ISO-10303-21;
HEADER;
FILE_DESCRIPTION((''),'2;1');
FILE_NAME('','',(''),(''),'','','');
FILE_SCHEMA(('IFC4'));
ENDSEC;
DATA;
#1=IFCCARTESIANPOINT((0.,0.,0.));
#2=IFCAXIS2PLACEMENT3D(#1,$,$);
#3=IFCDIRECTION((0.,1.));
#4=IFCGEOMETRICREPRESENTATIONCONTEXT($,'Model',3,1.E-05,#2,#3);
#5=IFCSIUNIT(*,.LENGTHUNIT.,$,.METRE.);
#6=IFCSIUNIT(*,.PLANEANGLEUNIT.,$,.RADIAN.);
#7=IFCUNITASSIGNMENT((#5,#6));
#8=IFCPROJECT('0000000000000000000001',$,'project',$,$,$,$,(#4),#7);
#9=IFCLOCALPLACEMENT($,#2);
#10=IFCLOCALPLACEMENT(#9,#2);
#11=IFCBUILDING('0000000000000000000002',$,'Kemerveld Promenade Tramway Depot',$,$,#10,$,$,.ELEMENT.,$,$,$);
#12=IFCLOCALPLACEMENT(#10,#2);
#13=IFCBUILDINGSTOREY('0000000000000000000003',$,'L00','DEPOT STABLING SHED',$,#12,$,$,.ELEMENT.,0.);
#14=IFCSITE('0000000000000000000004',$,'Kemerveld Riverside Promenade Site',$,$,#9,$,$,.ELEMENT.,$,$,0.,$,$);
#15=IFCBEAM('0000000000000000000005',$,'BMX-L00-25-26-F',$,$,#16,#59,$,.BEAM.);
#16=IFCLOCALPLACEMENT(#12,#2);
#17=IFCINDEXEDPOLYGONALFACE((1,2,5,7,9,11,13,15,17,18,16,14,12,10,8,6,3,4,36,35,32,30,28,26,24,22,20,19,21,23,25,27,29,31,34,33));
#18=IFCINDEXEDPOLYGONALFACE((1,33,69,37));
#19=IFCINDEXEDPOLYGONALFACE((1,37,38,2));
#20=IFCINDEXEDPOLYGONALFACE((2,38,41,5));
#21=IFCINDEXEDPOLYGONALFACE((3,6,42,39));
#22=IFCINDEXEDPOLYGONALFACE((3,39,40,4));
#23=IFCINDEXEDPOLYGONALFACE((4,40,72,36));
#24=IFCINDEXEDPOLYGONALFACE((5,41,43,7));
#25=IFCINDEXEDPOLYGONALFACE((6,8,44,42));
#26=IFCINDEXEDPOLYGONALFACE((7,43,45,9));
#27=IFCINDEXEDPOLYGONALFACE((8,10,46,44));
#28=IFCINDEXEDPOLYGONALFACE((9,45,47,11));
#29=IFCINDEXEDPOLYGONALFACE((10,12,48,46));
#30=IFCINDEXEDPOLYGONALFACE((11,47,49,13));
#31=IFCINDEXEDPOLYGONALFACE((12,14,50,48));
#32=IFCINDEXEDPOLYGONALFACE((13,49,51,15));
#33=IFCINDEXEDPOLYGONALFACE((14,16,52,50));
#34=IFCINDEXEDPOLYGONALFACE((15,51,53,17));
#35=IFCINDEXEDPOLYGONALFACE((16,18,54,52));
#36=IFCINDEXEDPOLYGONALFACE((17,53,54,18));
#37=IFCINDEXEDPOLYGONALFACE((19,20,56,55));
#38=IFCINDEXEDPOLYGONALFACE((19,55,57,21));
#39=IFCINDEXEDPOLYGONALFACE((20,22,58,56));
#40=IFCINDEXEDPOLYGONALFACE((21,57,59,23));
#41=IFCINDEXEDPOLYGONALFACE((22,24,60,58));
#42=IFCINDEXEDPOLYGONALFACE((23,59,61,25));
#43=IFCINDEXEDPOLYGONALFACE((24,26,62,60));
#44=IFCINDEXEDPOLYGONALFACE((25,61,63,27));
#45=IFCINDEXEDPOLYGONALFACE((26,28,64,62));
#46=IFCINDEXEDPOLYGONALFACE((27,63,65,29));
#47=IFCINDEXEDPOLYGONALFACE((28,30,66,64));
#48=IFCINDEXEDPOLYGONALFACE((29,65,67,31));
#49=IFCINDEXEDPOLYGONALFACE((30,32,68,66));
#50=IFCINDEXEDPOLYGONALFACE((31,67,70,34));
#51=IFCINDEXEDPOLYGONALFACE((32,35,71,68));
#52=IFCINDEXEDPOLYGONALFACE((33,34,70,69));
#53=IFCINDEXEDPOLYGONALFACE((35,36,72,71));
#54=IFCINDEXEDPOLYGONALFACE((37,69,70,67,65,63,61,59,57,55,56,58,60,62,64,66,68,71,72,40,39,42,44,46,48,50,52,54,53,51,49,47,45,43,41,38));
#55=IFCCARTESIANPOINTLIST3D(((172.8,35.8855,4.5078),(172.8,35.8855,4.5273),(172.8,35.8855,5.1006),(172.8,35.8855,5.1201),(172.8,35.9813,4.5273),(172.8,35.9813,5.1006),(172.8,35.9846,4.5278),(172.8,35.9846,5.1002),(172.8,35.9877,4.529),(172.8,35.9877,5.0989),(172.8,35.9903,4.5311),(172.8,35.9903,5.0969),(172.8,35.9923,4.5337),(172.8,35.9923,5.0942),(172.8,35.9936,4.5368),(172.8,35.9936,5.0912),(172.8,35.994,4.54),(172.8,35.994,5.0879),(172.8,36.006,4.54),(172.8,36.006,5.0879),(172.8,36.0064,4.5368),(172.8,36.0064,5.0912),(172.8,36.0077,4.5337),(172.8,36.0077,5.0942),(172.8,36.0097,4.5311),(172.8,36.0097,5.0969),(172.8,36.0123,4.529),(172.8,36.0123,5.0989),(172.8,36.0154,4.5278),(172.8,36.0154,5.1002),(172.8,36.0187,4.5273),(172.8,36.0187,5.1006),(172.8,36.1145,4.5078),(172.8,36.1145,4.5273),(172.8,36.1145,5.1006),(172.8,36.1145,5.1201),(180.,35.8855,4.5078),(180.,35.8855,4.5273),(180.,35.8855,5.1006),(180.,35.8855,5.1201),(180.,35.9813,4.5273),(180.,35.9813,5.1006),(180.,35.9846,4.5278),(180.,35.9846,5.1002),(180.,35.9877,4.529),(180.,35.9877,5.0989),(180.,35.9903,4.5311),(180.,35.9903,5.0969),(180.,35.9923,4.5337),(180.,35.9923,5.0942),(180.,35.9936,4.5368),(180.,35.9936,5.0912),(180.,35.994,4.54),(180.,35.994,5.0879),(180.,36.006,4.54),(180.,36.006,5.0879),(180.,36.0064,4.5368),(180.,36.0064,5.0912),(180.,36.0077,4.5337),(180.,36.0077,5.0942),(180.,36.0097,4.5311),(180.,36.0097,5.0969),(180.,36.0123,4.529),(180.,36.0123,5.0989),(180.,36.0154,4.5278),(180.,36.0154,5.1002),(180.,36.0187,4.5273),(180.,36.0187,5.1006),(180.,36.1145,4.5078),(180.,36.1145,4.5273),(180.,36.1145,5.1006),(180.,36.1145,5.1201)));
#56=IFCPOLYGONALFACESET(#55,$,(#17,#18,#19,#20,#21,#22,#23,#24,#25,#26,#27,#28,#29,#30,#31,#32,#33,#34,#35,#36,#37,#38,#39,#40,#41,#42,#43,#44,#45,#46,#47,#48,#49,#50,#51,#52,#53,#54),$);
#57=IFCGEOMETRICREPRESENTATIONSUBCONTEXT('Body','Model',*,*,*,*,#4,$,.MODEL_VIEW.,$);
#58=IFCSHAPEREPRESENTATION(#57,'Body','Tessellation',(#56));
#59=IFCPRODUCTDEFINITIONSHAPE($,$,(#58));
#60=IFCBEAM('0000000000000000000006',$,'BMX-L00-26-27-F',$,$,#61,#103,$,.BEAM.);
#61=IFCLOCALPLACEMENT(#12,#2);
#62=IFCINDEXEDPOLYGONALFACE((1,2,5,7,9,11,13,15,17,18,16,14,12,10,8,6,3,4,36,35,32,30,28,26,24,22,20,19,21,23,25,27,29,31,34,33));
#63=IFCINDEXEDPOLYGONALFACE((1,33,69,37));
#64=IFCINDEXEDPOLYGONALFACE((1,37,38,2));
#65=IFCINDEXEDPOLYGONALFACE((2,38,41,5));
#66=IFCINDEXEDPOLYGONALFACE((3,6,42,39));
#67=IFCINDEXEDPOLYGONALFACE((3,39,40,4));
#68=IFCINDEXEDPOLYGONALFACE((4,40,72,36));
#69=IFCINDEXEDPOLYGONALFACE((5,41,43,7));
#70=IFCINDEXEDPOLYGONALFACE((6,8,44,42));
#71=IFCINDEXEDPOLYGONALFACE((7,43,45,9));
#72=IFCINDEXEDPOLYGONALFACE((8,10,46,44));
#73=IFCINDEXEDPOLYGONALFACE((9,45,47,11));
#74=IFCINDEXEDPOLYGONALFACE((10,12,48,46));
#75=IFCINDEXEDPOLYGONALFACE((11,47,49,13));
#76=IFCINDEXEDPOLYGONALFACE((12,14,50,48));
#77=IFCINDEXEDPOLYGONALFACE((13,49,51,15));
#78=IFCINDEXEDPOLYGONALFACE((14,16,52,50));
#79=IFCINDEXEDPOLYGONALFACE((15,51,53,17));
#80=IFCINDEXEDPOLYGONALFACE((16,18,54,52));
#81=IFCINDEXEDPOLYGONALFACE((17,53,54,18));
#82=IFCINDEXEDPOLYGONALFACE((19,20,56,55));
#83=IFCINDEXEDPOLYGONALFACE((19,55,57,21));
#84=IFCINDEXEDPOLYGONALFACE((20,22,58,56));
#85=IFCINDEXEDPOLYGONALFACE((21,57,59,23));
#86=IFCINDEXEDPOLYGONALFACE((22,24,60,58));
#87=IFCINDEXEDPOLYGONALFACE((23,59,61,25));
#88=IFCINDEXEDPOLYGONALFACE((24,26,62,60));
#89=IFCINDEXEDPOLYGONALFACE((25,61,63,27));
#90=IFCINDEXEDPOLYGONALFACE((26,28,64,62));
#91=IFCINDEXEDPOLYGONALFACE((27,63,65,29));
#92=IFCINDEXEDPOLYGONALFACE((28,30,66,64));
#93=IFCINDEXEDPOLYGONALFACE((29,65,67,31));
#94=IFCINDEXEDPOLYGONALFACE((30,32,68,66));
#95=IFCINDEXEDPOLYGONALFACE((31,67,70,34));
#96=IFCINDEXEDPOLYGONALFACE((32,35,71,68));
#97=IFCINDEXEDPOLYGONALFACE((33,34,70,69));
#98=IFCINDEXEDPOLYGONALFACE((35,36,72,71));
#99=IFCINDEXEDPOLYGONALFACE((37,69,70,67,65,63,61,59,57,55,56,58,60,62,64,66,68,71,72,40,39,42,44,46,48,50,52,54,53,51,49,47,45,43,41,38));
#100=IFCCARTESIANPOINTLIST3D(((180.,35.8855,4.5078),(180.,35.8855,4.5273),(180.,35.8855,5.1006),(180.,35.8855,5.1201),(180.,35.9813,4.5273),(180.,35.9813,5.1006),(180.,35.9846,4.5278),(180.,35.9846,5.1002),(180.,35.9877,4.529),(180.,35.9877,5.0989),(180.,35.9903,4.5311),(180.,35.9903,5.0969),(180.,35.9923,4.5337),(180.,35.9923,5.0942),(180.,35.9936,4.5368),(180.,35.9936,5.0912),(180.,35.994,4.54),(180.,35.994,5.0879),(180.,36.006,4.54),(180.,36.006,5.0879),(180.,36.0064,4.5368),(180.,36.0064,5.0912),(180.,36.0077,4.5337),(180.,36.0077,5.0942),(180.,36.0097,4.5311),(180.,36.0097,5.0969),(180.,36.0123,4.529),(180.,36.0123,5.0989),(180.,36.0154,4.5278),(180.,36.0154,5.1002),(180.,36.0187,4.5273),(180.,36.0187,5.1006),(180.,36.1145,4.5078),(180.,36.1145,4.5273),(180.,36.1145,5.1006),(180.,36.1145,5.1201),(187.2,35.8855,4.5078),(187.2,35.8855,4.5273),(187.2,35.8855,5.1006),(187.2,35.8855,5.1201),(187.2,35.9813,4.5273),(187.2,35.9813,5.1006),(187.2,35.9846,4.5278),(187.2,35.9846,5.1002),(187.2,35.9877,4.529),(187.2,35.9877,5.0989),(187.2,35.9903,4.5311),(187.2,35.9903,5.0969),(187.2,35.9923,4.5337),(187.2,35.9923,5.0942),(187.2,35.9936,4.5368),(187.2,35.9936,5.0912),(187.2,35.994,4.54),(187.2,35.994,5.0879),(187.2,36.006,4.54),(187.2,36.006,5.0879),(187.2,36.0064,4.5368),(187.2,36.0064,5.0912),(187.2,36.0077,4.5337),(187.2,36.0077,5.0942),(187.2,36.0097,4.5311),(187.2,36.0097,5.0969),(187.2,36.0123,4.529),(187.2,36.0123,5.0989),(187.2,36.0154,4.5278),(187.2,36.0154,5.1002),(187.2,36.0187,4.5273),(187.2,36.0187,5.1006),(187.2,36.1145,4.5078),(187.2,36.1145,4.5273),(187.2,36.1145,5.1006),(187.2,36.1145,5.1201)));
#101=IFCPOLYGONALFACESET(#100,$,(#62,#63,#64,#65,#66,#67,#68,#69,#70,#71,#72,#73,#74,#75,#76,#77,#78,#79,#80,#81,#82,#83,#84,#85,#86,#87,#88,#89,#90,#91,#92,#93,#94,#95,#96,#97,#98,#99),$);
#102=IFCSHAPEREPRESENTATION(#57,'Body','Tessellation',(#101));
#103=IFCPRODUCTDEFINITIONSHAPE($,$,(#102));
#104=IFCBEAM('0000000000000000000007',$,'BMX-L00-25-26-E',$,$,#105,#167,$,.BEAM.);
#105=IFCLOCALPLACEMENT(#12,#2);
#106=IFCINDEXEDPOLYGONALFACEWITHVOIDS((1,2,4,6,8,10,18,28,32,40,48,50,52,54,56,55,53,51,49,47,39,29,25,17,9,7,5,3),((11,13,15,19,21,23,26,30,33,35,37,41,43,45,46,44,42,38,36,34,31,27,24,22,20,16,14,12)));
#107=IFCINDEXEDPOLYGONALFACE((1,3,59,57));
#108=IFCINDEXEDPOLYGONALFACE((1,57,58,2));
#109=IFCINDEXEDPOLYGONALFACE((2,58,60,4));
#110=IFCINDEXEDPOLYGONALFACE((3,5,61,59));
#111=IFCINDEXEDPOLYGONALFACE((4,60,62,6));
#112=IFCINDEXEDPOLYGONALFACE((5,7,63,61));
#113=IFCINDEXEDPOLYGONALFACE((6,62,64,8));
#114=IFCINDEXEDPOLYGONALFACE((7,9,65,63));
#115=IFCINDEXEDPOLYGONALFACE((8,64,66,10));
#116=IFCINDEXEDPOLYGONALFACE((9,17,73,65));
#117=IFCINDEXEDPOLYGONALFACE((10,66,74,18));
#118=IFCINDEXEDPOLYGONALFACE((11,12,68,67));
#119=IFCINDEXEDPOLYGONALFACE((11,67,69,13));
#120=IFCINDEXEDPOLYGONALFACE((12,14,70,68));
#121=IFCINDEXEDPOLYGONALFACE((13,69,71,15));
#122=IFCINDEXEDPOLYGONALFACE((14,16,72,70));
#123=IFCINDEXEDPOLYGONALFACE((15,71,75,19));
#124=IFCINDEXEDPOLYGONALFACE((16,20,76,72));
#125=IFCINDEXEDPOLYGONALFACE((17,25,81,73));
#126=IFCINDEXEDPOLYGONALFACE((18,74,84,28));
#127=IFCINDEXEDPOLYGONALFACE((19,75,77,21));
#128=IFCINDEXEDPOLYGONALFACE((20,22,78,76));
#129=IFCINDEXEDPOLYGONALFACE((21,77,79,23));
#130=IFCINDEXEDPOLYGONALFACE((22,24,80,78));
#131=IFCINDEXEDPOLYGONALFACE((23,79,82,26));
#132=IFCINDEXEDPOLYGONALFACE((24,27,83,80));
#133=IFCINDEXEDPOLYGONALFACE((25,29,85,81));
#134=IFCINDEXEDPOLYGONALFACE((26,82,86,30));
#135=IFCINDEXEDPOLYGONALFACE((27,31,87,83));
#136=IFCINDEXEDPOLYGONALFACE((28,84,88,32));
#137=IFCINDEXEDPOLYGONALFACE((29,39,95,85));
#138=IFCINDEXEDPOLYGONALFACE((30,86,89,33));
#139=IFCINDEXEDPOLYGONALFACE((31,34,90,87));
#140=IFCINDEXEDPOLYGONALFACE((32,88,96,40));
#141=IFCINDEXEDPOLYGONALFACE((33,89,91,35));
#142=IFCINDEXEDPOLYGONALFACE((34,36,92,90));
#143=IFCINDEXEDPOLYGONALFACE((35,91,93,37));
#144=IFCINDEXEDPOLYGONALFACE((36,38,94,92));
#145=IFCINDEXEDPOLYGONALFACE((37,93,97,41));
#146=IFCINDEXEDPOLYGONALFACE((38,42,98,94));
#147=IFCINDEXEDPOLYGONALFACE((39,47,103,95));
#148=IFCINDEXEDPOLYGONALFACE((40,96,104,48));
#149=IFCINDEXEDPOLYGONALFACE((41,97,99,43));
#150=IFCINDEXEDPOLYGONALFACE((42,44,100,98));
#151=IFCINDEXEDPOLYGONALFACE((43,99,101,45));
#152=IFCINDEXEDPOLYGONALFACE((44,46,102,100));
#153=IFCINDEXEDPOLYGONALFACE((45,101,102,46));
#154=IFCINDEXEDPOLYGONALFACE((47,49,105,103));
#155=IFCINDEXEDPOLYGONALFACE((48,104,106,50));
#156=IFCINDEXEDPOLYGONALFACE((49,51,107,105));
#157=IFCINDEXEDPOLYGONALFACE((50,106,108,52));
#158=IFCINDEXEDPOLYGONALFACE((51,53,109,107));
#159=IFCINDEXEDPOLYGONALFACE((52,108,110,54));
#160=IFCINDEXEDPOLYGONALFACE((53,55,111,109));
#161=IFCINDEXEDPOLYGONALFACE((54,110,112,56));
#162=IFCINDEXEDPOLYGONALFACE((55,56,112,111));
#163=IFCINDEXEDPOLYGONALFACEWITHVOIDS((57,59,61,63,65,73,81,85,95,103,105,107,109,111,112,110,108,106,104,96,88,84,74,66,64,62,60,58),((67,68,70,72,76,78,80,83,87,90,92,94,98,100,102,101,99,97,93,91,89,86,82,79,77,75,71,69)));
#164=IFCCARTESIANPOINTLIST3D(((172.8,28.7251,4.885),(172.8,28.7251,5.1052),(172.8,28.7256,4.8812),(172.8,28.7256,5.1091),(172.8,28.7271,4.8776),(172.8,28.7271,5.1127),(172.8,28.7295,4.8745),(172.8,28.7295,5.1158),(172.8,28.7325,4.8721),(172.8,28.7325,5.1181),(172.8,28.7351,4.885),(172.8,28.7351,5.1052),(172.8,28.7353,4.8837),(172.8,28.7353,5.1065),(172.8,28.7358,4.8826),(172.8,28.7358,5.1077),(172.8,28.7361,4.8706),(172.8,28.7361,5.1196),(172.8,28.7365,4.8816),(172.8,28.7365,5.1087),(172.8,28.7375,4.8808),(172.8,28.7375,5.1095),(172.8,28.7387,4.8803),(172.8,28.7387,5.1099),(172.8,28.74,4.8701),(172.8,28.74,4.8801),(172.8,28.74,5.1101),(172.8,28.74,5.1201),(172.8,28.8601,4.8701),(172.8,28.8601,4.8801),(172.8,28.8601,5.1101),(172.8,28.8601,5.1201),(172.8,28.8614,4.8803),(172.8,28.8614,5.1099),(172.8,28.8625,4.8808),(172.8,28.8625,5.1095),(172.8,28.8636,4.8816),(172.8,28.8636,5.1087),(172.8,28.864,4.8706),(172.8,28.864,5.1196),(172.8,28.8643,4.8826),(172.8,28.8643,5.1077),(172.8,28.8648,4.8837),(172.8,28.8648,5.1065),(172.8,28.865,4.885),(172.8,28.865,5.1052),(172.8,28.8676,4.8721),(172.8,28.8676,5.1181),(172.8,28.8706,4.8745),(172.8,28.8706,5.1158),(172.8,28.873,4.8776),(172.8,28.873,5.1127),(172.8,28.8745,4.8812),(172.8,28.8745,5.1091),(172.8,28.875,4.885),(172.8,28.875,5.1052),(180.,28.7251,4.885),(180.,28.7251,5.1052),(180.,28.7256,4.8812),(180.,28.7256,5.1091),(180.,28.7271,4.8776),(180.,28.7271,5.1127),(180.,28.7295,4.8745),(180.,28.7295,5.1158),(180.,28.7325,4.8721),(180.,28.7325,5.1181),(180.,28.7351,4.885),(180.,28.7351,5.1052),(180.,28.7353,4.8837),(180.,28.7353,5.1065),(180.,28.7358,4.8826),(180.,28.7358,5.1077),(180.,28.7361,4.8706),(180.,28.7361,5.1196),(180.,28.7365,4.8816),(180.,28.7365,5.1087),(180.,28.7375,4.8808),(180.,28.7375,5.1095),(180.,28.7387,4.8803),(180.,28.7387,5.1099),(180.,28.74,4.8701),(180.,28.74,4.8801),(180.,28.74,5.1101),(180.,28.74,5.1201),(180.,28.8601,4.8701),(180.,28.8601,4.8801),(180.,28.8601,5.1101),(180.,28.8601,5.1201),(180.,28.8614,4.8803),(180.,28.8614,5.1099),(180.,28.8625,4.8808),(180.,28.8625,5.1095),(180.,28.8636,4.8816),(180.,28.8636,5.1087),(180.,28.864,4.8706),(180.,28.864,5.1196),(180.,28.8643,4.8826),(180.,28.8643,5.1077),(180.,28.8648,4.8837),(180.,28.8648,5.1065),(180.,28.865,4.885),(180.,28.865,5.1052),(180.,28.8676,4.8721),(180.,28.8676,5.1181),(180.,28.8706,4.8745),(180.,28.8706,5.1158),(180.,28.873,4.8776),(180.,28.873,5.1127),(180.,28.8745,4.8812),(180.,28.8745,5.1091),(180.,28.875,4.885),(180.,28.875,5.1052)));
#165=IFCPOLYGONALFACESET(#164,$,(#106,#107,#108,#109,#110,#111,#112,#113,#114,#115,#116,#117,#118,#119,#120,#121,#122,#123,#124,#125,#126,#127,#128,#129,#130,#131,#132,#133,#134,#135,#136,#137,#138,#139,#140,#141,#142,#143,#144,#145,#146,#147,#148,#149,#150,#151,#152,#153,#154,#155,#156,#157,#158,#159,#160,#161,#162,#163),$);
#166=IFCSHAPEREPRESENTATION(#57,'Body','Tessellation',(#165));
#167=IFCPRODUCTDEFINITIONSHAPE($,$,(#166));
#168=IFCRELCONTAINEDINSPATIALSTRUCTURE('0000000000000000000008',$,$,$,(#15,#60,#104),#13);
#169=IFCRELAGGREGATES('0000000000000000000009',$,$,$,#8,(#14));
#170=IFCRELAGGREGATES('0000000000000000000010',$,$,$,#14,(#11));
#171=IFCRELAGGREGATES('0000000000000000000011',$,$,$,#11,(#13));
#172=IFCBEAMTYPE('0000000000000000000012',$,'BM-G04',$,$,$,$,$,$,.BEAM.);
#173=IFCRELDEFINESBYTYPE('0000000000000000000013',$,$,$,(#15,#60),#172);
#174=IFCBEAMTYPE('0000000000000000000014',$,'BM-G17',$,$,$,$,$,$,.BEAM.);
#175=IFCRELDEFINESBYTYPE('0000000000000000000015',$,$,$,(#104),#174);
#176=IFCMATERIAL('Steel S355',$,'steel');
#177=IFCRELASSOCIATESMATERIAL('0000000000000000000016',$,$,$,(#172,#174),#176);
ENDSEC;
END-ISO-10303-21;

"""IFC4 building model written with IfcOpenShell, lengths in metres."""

from ifc_helpers import new_model, si_unit, direction, frame, origin, origin_2d, place, context, subcontext, project, spatial, hollow_rectangle, i_section, extrude, material, material_profile, profile_set, type_object, element, save


model = new_model("IFC4")

# Units and contexts
model_context = context("Model", 3, precision=1e-05, world=origin(), true_north=direction((0.0, 1.0)))
body_context = subcontext(model_context, "Body", "Model", "MODEL_VIEW")
ifc_project = project(units=[si_unit("LENGTHUNIT", "METRE"), si_unit("PLANEANGLEUNIT", "RADIAN")], contexts=[model_context])

# Site, building, storey
site_placement = place(None, origin())
site = spatial("IfcSite", under=ifc_project, at=site_placement, Name="Kemerveld Riverside Promenade Site", CompositionType="ELEMENT", RefElevation=0.0)
building_placement = place(site_placement, origin())
building = spatial("IfcBuilding", under=site, at=building_placement, Name="Kemerveld Promenade Tramway Depot", CompositionType="ELEMENT")
storey_placement = place(building_placement, origin())
storey = spatial("IfcBuildingStorey", under=building, at=storey_placement, Name="L00", Description="DEPOT STABLING SHED", CompositionType="ELEMENT", Elevation=0.0)

# Shared definitions
ifc_material_1 = material(Name="Steel S355", Category="steel")

# Beams
ifc_material_profile_1 = material_profile(ifc_material_1, i_section(OverallWidth=0.229, OverallDepth=0.6123, WebThickness=0.012, FlangeThickness=0.0195, FilletRadius=0.0127, at=origin_2d()), Name="610x229x125 UB")
ifc_profile_set_1 = profile_set([ifc_material_profile_1], Name="Steel S355")
beam_type_1 = type_object("IfcBeamType", Name="BM-G04", PredefinedType="BEAM", material=ifc_profile_set_1)
for number, where, z_axis, x_axis, name in (
    (1, (172.8, 36.0, 4.814), (1.0, 0.0, 0.0), (0.0, 1.0, 0.0), "BMX-L00-25-26-F"),
    (2, (180.0, 36.0, 4.814), (1.0, 0.0, 0.0), (0.0, 1.0, 0.0), "BMX-L00-26-27-F"),
):
    element("IfcBeam", number, at=place(storey_placement, frame(where, z_axis=z_axis, x_axis=x_axis)), inside=storey, type_object=beam_type_1, Name=name, PredefinedType="BEAM", context=body_context, shape_type="SweptSolid", body=[
        extrude(i_section(OverallWidth=0.229, OverallDepth=0.6123, WebThickness=0.012, FlangeThickness=0.0195, FilletRadius=0.0127, at=origin_2d()), origin(), (0.0, 0.0, 1.0), 7.2),
    ])
ifc_material_profile_2 = material_profile(ifc_material_1, hollow_rectangle(XDim=0.1499, YDim=0.25, WallThickness=0.01, InnerFilletRadius=0.0049, OuterFilletRadius=0.0149, at=origin_2d()), Name="250x150x10.0 RHS")
ifc_profile_set_2 = profile_set([ifc_material_profile_2], Name="Steel S355")
beam_type_2 = type_object("IfcBeamType", Name="BM-G17", PredefinedType="BEAM", material=ifc_profile_set_2)
beam_1_placement = place(storey_placement, frame((172.8, 28.8, 4.9951), z_axis=(1.0, 0.0, 0.0), x_axis=(0.0, 1.0, 0.0)))
element("IfcBeam", 3, at=beam_1_placement, inside=storey, type_object=beam_type_2, Name="BMX-L00-25-26-E", PredefinedType="BEAM", context=body_context, shape_type="SweptSolid", body=[
    extrude(hollow_rectangle(XDim=0.1499, YDim=0.25, WallThickness=0.01, InnerFilletRadius=0.0049, OuterFilletRadius=0.0149, at=origin_2d()), origin(), (0.0, 0.0, 1.0), 7.2),
])

save(model, "model.ifc")
